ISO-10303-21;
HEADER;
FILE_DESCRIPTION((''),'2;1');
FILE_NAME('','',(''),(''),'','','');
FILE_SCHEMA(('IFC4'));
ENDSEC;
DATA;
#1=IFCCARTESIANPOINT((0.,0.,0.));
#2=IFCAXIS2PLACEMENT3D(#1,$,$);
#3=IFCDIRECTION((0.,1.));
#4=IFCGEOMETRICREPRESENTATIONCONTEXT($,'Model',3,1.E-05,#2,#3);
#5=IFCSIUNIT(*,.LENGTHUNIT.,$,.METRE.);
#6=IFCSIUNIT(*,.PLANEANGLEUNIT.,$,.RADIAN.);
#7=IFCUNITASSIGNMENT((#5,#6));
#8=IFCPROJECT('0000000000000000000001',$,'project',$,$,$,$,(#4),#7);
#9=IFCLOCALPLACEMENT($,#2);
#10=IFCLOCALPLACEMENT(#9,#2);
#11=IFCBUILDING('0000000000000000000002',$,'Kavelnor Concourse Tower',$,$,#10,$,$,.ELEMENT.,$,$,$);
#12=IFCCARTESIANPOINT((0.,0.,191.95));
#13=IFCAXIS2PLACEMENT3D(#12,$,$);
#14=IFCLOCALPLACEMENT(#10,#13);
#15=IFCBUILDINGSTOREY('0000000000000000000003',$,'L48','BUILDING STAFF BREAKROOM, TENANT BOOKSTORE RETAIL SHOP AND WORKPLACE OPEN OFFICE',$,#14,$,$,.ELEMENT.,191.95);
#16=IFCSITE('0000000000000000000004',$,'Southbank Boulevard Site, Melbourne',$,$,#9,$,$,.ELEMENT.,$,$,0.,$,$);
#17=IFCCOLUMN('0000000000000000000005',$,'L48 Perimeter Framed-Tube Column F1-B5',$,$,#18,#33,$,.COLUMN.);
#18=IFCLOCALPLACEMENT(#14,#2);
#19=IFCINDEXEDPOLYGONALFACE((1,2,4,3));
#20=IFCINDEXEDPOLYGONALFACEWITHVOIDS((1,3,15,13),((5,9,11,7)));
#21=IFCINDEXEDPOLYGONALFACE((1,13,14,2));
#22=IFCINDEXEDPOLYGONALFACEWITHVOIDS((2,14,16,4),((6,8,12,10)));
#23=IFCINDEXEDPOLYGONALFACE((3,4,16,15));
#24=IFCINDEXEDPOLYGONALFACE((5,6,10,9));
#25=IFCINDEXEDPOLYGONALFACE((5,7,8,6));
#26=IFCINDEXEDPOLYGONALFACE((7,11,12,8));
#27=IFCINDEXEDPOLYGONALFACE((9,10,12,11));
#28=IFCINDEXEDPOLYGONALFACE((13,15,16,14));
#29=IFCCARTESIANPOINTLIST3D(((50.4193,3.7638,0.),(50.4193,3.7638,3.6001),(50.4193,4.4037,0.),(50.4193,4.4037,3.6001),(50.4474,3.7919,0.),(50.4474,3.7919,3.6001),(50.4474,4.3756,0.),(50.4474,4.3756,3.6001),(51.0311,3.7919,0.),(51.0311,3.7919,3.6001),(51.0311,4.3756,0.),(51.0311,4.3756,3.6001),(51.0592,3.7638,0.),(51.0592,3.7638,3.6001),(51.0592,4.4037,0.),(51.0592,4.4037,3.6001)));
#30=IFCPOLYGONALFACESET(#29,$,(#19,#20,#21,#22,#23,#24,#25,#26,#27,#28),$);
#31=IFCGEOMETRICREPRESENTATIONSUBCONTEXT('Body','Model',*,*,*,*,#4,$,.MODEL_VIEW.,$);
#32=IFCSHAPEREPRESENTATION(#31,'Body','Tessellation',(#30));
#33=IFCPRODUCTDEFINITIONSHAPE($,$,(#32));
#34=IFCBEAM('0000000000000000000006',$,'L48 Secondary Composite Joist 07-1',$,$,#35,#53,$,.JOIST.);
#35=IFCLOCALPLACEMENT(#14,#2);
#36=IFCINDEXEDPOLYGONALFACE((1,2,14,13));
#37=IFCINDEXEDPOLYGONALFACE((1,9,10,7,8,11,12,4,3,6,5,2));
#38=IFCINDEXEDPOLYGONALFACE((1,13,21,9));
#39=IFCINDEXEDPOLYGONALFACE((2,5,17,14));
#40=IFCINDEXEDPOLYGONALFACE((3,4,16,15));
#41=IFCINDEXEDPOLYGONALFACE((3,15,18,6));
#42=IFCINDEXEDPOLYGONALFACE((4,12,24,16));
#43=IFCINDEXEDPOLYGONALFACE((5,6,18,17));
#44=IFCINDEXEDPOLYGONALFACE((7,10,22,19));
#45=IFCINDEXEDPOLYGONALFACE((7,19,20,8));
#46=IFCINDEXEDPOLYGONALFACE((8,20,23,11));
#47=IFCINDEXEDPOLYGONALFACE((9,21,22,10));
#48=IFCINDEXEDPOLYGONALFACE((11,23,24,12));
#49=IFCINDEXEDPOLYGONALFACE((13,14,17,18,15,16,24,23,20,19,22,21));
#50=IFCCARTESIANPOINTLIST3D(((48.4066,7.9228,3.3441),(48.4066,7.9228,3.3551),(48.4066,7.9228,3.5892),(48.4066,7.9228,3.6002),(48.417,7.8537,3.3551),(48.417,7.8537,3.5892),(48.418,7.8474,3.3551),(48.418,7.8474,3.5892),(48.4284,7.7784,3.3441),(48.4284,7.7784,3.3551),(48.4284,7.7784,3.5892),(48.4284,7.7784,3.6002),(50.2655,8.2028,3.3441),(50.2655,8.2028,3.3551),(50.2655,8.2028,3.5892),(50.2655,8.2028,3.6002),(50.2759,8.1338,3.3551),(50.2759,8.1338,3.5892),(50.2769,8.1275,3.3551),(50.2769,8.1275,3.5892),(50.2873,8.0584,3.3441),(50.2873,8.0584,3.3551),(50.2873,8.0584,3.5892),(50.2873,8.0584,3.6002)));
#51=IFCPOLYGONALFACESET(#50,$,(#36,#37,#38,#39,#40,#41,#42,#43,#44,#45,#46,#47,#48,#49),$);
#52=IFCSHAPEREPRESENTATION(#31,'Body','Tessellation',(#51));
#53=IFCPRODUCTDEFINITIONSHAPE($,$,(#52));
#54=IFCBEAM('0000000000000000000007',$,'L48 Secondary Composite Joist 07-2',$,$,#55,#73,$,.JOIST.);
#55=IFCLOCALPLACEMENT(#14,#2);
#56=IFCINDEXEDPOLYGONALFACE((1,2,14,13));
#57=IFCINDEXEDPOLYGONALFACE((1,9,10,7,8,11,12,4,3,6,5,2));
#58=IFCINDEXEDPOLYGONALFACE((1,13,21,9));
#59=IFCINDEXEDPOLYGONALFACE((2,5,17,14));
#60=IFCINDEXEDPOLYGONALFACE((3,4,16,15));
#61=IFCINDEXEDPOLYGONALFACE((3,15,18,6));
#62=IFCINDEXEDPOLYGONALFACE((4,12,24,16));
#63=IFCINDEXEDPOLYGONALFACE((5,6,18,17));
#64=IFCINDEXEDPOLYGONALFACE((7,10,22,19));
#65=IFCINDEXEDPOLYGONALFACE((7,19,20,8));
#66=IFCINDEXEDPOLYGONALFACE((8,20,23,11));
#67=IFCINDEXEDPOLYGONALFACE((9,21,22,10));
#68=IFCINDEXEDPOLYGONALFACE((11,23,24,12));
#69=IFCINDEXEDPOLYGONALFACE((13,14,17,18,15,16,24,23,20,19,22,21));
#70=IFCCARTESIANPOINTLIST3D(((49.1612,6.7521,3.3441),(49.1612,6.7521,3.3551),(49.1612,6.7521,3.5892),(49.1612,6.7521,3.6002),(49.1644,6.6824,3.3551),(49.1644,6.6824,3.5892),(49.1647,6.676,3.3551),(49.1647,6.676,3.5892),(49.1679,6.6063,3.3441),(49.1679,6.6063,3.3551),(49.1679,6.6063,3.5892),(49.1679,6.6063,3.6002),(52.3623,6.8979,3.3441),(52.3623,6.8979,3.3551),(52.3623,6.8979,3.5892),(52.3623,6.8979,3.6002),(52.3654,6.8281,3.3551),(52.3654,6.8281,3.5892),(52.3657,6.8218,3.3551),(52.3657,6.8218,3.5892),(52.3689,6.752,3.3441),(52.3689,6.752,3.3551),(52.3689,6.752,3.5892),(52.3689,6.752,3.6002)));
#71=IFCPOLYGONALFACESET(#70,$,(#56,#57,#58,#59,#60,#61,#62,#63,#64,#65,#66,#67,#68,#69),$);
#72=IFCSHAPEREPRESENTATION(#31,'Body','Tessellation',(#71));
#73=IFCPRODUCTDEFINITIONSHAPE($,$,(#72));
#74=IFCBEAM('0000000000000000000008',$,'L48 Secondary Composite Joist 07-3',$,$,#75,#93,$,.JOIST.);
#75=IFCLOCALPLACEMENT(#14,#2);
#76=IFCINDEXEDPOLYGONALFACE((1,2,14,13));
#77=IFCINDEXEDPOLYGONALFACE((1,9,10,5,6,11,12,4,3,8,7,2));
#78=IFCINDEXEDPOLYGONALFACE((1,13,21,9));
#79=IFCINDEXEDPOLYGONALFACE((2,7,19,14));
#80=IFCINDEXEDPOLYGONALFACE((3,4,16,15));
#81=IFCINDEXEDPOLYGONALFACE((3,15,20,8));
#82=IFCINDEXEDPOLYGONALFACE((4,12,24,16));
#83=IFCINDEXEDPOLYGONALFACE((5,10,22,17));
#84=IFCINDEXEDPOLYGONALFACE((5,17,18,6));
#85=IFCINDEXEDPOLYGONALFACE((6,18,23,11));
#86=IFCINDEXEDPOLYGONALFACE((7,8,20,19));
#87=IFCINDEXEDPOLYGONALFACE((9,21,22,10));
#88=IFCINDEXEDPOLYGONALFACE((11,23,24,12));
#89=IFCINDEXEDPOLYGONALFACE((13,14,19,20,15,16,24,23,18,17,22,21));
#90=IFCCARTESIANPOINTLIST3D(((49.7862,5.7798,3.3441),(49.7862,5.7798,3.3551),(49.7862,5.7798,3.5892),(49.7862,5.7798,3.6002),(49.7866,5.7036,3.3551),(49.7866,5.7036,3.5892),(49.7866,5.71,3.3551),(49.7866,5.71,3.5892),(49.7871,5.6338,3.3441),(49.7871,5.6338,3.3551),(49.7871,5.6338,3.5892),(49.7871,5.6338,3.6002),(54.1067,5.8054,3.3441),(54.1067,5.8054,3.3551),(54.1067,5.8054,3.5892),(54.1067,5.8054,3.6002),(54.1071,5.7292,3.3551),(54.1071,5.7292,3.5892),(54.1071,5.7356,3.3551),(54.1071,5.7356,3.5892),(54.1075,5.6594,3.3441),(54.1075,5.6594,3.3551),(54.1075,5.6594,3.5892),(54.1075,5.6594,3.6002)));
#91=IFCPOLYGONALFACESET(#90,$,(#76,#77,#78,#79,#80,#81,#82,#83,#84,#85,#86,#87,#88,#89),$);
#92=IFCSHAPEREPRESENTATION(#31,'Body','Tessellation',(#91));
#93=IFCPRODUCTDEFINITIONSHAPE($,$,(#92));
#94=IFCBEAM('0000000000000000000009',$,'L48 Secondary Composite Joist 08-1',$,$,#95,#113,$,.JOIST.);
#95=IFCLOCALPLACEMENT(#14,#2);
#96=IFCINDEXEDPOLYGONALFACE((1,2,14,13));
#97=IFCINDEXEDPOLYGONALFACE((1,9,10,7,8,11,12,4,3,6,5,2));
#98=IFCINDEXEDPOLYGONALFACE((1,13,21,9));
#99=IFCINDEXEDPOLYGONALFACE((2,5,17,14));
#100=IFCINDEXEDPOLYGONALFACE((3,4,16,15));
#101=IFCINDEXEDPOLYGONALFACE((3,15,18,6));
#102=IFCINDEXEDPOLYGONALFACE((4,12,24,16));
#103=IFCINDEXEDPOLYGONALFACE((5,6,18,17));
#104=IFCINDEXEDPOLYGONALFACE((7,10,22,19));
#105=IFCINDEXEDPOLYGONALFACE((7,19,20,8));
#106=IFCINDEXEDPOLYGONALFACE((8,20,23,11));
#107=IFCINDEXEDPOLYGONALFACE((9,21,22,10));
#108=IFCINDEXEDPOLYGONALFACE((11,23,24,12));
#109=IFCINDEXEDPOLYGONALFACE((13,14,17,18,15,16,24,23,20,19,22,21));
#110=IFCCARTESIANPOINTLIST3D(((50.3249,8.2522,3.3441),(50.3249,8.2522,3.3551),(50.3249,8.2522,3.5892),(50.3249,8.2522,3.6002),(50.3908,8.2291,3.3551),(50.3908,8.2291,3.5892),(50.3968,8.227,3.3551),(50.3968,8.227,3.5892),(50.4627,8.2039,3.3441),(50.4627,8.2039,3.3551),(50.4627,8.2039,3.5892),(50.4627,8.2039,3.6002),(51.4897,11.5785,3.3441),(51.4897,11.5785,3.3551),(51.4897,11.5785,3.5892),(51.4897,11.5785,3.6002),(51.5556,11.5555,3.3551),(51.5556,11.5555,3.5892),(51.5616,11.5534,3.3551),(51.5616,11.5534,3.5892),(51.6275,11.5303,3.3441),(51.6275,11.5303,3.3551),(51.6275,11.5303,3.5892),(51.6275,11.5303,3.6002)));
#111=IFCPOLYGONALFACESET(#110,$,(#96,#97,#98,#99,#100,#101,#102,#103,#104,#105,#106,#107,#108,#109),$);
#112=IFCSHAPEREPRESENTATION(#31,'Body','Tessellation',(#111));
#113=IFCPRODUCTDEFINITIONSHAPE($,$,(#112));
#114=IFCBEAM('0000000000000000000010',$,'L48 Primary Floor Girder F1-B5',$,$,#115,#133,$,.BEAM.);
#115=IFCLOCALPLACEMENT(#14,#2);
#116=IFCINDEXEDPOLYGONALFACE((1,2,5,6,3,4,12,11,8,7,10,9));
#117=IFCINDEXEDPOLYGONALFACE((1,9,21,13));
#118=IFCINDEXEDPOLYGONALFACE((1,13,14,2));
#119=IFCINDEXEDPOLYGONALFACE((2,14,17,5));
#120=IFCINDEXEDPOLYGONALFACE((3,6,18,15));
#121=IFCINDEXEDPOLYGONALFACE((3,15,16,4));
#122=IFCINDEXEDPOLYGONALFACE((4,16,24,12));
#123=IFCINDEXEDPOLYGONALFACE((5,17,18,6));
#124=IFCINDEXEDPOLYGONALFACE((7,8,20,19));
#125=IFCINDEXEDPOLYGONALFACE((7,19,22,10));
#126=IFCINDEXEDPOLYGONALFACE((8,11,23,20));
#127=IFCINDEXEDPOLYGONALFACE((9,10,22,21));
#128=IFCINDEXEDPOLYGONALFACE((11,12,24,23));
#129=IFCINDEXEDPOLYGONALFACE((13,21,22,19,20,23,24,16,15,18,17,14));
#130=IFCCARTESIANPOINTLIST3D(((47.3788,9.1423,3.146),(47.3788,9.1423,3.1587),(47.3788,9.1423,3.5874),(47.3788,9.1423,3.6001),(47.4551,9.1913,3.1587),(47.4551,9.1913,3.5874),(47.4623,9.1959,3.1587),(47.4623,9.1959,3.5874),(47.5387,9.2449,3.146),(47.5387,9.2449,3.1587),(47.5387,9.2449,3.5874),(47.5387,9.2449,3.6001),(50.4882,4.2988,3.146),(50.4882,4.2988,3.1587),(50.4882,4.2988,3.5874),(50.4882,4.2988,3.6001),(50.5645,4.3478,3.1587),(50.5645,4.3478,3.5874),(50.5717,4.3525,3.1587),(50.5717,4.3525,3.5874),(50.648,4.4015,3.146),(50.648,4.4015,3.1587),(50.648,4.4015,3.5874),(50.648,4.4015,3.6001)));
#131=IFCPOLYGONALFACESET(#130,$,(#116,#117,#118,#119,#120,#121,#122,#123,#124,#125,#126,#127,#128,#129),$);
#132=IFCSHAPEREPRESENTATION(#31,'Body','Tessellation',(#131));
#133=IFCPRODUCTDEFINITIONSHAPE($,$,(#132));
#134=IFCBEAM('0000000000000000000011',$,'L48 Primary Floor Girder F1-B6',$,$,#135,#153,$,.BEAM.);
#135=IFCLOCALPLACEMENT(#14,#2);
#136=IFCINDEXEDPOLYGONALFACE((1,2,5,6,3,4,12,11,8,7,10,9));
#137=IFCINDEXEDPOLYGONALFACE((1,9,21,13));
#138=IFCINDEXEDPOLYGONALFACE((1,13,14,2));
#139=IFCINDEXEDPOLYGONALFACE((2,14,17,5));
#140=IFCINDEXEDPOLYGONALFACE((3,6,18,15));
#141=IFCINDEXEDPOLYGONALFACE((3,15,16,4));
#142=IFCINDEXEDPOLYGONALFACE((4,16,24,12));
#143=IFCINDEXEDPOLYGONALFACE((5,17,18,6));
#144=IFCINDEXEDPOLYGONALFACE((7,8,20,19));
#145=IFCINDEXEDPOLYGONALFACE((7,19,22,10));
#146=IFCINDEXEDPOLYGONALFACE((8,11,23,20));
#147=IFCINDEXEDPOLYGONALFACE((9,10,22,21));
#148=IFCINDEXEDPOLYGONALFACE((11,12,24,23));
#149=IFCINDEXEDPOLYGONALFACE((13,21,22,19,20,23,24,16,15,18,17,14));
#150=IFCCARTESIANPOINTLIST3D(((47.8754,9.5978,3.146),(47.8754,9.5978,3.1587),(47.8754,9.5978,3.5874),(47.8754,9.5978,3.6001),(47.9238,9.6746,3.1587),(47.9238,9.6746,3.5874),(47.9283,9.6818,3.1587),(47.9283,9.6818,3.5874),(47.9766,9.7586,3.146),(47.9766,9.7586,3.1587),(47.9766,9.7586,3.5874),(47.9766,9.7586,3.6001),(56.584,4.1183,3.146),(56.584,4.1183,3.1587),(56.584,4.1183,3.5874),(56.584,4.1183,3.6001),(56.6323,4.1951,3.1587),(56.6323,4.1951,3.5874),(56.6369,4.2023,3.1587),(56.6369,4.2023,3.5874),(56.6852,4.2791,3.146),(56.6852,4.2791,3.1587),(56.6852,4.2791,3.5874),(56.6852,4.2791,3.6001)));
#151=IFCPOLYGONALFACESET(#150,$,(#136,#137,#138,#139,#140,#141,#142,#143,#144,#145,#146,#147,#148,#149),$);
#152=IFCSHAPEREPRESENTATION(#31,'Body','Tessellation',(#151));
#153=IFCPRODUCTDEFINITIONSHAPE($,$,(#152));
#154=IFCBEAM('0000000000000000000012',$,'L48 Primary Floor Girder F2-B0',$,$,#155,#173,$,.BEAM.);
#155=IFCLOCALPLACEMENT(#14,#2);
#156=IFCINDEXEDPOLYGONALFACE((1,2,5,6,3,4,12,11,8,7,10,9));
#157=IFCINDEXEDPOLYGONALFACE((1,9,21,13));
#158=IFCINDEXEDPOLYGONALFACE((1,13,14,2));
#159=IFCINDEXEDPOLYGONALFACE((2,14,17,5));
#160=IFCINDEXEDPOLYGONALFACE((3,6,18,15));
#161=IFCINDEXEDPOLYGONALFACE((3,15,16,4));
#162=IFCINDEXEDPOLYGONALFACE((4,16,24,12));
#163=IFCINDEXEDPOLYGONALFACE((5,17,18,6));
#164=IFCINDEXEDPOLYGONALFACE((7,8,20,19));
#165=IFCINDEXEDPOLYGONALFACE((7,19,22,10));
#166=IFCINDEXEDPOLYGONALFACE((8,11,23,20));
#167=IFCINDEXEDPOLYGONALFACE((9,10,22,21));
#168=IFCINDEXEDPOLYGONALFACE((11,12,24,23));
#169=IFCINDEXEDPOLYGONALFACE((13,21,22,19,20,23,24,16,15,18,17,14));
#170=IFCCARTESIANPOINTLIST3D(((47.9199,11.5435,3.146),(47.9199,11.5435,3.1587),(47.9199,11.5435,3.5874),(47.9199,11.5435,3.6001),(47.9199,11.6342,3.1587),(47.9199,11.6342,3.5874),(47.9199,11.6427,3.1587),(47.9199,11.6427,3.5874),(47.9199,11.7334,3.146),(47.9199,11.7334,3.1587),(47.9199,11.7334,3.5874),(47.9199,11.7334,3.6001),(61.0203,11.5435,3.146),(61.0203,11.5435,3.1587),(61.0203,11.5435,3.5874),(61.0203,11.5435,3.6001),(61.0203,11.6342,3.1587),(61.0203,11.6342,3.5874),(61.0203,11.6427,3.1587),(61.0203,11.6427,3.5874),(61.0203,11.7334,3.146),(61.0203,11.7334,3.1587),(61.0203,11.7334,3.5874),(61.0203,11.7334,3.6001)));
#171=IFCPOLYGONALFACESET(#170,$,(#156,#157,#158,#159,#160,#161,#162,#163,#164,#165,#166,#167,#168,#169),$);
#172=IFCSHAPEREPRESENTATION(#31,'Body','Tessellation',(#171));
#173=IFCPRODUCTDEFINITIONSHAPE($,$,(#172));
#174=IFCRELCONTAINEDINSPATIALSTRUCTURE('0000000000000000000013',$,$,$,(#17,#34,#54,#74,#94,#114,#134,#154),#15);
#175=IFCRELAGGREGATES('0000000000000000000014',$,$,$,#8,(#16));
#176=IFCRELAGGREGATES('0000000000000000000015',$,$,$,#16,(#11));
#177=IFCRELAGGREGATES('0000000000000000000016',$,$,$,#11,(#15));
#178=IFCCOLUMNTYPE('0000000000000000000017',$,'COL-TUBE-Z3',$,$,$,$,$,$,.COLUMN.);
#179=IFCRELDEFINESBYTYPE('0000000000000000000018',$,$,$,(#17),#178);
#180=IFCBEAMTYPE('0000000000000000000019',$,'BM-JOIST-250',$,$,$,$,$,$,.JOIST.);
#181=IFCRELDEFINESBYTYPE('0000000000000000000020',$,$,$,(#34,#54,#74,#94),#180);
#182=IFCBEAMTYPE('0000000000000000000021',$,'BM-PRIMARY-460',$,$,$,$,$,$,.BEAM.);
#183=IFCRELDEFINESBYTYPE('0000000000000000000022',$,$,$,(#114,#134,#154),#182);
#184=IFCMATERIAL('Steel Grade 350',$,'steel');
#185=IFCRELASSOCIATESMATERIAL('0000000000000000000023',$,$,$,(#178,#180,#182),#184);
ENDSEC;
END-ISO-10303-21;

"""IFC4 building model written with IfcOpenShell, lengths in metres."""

from ifc_helpers import new_model, si_unit, direction, frame, origin, origin_2d, place, context, subcontext, project, spatial, hollow_rectangle, i_section, extrude, material, material_profile, profile_set, type_object, element, save


model = new_model("IFC4")

# Units and contexts
model_context = context("Model", 3, precision=1e-05, world=origin(), true_north=direction((0.0, 1.0)))
body_context = subcontext(model_context, "Body", "Model", "MODEL_VIEW")
ifc_project = project(units=[si_unit("LENGTHUNIT", "METRE"), si_unit("PLANEANGLEUNIT", "RADIAN")], contexts=[model_context])

# Site, building, storey
site_placement = place(None, origin())
site = spatial("IfcSite", under=ifc_project, at=site_placement, Name="Southbank Boulevard Site, Melbourne", CompositionType="ELEMENT", RefElevation=0.0)
building_placement = place(site_placement, origin())
building = spatial("IfcBuilding", under=site, at=building_placement, Name="Kavelnor Concourse Tower", CompositionType="ELEMENT")
storey_placement = place(building_placement, frame((0.0, 0.0, 191.95)))
storey = spatial("IfcBuildingStorey", under=building, at=storey_placement, Name="L48", Description="BUILDING STAFF BREAKROOM, TENANT BOOKSTORE RETAIL SHOP AND WORKPLACE OPEN OFFICE", CompositionType="ELEMENT", Elevation=191.95)

# Column
ifc_material_1 = material(Name="Steel Grade 350", Category="steel")
ifc_material_profile_1 = material_profile(ifc_material_1, hollow_rectangle(XDim=0.6399, YDim=0.6399, WallThickness=0.0281, at=origin_2d()), Name="SHS 640x640x28")
ifc_profile_set_1 = profile_set([ifc_material_profile_1], Name="Steel Grade 350")
column_type = type_object("IfcColumnType", Name="COL-TUBE-Z3", PredefinedType="COLUMN", material=ifc_profile_set_1)
column_placement = place(storey_placement, frame((50.7393, 4.0837, 0.0), z_axis=(0.0, 0.0, 1.0), x_axis=(1.0, 0.0, 0.0)))
element("IfcColumn", 1, at=column_placement, inside=storey, type_object=column_type, Name="L48 Perimeter Framed-Tube Column F1-B5", PredefinedType="COLUMN", context=body_context, shape_type="SweptSolid", body=[
    extrude(hollow_rectangle(XDim=0.6399, YDim=0.6399, WallThickness=0.0281, at=origin_2d()), origin(), (0.0, 0.0, 1.0), 3.6001),
])

# Beams
ifc_material_profile_2 = material_profile(ifc_material_1, i_section(OverallWidth=0.146, OverallDepth=0.2561, WebThickness=0.0063, FlangeThickness=0.011, at=origin_2d()), Name="250UB37")
ifc_profile_set_2 = profile_set([ifc_material_profile_2], Name="Steel Grade 350")
beam_type_1 = type_object("IfcBeamType", Name="BM-JOIST-250", PredefinedType="JOIST", material=ifc_profile_set_2)
beam_1_placement = place(storey_placement, frame((48.4175, 7.8506, 3.4722), z_axis=(0.988843, 0.148963, 0.0), x_axis=(-0.148963, 0.988843, 0.0)))
element("IfcBeam", 2, at=beam_1_placement, inside=storey, type_object=beam_type_1, Name="L48 Secondary Composite Joist 07-1", PredefinedType="JOIST", context=body_context, shape_type="SweptSolid", body=[
    extrude(i_section(OverallWidth=0.146, OverallDepth=0.2561, WebThickness=0.0063, FlangeThickness=0.011, at=origin_2d()), origin(), (0.0, 0.0, 1.0), 1.8799),
])
beam_2_placement = place(storey_placement, frame((49.1646, 6.6792, 3.4722), z_axis=(0.998965, 0.045487, 0.0), x_axis=(-0.045487, 0.998965, 0.0)))
element("IfcBeam", 3, at=beam_2_placement, inside=storey, type_object=beam_type_1, Name="L48 Secondary Composite Joist 07-2", PredefinedType="JOIST", context=body_context, shape_type="SweptSolid", body=[
    extrude(i_section(OverallWidth=0.146, OverallDepth=0.2561, WebThickness=0.0063, FlangeThickness=0.011, at=origin_2d()), origin(), (0.0, 0.0, 1.0), 3.2043),
])
beam_3_placement = place(storey_placement, frame((49.7866, 5.7068, 3.4722), z_axis=(0.999982, 0.005933, 0.0), x_axis=(-0.005933, 0.999982, 0.0)))
element("IfcBeam", 4, at=beam_3_placement, inside=storey, type_object=beam_type_1, Name="L48 Secondary Composite Joist 07-3", PredefinedType="JOIST", context=body_context, shape_type="SweptSolid", body=[
    extrude(i_section(OverallWidth=0.146, OverallDepth=0.2561, WebThickness=0.0063, FlangeThickness=0.011, at=origin_2d()), origin(), (0.0, 0.0, 1.0), 4.3206),
])
beam_4_placement = place(storey_placement, frame((50.3938, 8.228, 3.4722), z_axis=(0.330489, 0.94381, 0.0), x_axis=(-0.94381, 0.330489, 0.0)))
element("IfcBeam", 5, at=beam_4_placement, inside=storey, type_object=beam_type_1, Name="L48 Secondary Composite Joist 08-1", PredefinedType="JOIST", context=body_context, shape_type="SweptSolid", body=[
    extrude(i_section(OverallWidth=0.146, OverallDepth=0.2561, WebThickness=0.0063, FlangeThickness=0.011, at=origin_2d()), origin(), (0.0, 0.0, 1.0), 3.5244),
])
ifc_material_profile_3 = material_profile(ifc_material_1, i_section(OverallWidth=0.1899, OverallDepth=0.4541, WebThickness=0.0085, FlangeThickness=0.0127, at=origin_2d()), Name="460UB67")
ifc_profile_set_3 = profile_set([ifc_material_profile_3], Name="Steel Grade 350")
beam_type_2 = type_object("IfcBeamType", Name="BM-PRIMARY-460", PredefinedType="BEAM", material=ifc_profile_set_3)
beam_5_placement = place(storey_placement, frame((47.4587, 9.1936, 3.373), z_axis=(0.540228, -0.841519, 0.0), x_axis=(0.841519, 0.540228, 0.0)))
element("IfcBeam", 6, at=beam_5_placement, inside=storey, type_object=beam_type_2, Name="L48 Primary Floor Girder F1-B5", PredefinedType="BEAM", context=body_context, shape_type="SweptSolid", body=[
    extrude(i_section(OverallWidth=0.1899, OverallDepth=0.4541, WebThickness=0.0085, FlangeThickness=0.0127, at=origin_2d()), origin(), (0.0, 0.0, 1.0), 5.7556),
])
beam_6_placement = place(storey_placement, frame((47.926, 9.6782, 3.373), z_axis=(0.846392, -0.53256, 0.0), x_axis=(0.53256, 0.846392, 0.0)))
element("IfcBeam", 7, at=beam_6_placement, inside=storey, type_object=beam_type_2, Name="L48 Primary Floor Girder F1-B6", PredefinedType="BEAM", context=body_context, shape_type="SweptSolid", body=[
    extrude(i_section(OverallWidth=0.1899, OverallDepth=0.4541, WebThickness=0.0085, FlangeThickness=0.0127, at=origin_2d()), origin(), (0.0, 0.0, 1.0), 10.2891),
])
beam_7_placement = place(storey_placement, frame((47.9199, 11.6384, 3.373), z_axis=(1.0, 0.0, 0.0), x_axis=(0.0, 1.0, 0.0)))
element("IfcBeam", 8, at=beam_7_placement, inside=storey, type_object=beam_type_2, Name="L48 Primary Floor Girder F2-B0", PredefinedType="BEAM", context=body_context, shape_type="SweptSolid", body=[
    extrude(i_section(OverallWidth=0.1899, OverallDepth=0.4541, WebThickness=0.0085, FlangeThickness=0.0127, at=origin_2d()), origin(), (0.0, 0.0, 1.0), 13.1003),
])

save(model, "model.ifc")
